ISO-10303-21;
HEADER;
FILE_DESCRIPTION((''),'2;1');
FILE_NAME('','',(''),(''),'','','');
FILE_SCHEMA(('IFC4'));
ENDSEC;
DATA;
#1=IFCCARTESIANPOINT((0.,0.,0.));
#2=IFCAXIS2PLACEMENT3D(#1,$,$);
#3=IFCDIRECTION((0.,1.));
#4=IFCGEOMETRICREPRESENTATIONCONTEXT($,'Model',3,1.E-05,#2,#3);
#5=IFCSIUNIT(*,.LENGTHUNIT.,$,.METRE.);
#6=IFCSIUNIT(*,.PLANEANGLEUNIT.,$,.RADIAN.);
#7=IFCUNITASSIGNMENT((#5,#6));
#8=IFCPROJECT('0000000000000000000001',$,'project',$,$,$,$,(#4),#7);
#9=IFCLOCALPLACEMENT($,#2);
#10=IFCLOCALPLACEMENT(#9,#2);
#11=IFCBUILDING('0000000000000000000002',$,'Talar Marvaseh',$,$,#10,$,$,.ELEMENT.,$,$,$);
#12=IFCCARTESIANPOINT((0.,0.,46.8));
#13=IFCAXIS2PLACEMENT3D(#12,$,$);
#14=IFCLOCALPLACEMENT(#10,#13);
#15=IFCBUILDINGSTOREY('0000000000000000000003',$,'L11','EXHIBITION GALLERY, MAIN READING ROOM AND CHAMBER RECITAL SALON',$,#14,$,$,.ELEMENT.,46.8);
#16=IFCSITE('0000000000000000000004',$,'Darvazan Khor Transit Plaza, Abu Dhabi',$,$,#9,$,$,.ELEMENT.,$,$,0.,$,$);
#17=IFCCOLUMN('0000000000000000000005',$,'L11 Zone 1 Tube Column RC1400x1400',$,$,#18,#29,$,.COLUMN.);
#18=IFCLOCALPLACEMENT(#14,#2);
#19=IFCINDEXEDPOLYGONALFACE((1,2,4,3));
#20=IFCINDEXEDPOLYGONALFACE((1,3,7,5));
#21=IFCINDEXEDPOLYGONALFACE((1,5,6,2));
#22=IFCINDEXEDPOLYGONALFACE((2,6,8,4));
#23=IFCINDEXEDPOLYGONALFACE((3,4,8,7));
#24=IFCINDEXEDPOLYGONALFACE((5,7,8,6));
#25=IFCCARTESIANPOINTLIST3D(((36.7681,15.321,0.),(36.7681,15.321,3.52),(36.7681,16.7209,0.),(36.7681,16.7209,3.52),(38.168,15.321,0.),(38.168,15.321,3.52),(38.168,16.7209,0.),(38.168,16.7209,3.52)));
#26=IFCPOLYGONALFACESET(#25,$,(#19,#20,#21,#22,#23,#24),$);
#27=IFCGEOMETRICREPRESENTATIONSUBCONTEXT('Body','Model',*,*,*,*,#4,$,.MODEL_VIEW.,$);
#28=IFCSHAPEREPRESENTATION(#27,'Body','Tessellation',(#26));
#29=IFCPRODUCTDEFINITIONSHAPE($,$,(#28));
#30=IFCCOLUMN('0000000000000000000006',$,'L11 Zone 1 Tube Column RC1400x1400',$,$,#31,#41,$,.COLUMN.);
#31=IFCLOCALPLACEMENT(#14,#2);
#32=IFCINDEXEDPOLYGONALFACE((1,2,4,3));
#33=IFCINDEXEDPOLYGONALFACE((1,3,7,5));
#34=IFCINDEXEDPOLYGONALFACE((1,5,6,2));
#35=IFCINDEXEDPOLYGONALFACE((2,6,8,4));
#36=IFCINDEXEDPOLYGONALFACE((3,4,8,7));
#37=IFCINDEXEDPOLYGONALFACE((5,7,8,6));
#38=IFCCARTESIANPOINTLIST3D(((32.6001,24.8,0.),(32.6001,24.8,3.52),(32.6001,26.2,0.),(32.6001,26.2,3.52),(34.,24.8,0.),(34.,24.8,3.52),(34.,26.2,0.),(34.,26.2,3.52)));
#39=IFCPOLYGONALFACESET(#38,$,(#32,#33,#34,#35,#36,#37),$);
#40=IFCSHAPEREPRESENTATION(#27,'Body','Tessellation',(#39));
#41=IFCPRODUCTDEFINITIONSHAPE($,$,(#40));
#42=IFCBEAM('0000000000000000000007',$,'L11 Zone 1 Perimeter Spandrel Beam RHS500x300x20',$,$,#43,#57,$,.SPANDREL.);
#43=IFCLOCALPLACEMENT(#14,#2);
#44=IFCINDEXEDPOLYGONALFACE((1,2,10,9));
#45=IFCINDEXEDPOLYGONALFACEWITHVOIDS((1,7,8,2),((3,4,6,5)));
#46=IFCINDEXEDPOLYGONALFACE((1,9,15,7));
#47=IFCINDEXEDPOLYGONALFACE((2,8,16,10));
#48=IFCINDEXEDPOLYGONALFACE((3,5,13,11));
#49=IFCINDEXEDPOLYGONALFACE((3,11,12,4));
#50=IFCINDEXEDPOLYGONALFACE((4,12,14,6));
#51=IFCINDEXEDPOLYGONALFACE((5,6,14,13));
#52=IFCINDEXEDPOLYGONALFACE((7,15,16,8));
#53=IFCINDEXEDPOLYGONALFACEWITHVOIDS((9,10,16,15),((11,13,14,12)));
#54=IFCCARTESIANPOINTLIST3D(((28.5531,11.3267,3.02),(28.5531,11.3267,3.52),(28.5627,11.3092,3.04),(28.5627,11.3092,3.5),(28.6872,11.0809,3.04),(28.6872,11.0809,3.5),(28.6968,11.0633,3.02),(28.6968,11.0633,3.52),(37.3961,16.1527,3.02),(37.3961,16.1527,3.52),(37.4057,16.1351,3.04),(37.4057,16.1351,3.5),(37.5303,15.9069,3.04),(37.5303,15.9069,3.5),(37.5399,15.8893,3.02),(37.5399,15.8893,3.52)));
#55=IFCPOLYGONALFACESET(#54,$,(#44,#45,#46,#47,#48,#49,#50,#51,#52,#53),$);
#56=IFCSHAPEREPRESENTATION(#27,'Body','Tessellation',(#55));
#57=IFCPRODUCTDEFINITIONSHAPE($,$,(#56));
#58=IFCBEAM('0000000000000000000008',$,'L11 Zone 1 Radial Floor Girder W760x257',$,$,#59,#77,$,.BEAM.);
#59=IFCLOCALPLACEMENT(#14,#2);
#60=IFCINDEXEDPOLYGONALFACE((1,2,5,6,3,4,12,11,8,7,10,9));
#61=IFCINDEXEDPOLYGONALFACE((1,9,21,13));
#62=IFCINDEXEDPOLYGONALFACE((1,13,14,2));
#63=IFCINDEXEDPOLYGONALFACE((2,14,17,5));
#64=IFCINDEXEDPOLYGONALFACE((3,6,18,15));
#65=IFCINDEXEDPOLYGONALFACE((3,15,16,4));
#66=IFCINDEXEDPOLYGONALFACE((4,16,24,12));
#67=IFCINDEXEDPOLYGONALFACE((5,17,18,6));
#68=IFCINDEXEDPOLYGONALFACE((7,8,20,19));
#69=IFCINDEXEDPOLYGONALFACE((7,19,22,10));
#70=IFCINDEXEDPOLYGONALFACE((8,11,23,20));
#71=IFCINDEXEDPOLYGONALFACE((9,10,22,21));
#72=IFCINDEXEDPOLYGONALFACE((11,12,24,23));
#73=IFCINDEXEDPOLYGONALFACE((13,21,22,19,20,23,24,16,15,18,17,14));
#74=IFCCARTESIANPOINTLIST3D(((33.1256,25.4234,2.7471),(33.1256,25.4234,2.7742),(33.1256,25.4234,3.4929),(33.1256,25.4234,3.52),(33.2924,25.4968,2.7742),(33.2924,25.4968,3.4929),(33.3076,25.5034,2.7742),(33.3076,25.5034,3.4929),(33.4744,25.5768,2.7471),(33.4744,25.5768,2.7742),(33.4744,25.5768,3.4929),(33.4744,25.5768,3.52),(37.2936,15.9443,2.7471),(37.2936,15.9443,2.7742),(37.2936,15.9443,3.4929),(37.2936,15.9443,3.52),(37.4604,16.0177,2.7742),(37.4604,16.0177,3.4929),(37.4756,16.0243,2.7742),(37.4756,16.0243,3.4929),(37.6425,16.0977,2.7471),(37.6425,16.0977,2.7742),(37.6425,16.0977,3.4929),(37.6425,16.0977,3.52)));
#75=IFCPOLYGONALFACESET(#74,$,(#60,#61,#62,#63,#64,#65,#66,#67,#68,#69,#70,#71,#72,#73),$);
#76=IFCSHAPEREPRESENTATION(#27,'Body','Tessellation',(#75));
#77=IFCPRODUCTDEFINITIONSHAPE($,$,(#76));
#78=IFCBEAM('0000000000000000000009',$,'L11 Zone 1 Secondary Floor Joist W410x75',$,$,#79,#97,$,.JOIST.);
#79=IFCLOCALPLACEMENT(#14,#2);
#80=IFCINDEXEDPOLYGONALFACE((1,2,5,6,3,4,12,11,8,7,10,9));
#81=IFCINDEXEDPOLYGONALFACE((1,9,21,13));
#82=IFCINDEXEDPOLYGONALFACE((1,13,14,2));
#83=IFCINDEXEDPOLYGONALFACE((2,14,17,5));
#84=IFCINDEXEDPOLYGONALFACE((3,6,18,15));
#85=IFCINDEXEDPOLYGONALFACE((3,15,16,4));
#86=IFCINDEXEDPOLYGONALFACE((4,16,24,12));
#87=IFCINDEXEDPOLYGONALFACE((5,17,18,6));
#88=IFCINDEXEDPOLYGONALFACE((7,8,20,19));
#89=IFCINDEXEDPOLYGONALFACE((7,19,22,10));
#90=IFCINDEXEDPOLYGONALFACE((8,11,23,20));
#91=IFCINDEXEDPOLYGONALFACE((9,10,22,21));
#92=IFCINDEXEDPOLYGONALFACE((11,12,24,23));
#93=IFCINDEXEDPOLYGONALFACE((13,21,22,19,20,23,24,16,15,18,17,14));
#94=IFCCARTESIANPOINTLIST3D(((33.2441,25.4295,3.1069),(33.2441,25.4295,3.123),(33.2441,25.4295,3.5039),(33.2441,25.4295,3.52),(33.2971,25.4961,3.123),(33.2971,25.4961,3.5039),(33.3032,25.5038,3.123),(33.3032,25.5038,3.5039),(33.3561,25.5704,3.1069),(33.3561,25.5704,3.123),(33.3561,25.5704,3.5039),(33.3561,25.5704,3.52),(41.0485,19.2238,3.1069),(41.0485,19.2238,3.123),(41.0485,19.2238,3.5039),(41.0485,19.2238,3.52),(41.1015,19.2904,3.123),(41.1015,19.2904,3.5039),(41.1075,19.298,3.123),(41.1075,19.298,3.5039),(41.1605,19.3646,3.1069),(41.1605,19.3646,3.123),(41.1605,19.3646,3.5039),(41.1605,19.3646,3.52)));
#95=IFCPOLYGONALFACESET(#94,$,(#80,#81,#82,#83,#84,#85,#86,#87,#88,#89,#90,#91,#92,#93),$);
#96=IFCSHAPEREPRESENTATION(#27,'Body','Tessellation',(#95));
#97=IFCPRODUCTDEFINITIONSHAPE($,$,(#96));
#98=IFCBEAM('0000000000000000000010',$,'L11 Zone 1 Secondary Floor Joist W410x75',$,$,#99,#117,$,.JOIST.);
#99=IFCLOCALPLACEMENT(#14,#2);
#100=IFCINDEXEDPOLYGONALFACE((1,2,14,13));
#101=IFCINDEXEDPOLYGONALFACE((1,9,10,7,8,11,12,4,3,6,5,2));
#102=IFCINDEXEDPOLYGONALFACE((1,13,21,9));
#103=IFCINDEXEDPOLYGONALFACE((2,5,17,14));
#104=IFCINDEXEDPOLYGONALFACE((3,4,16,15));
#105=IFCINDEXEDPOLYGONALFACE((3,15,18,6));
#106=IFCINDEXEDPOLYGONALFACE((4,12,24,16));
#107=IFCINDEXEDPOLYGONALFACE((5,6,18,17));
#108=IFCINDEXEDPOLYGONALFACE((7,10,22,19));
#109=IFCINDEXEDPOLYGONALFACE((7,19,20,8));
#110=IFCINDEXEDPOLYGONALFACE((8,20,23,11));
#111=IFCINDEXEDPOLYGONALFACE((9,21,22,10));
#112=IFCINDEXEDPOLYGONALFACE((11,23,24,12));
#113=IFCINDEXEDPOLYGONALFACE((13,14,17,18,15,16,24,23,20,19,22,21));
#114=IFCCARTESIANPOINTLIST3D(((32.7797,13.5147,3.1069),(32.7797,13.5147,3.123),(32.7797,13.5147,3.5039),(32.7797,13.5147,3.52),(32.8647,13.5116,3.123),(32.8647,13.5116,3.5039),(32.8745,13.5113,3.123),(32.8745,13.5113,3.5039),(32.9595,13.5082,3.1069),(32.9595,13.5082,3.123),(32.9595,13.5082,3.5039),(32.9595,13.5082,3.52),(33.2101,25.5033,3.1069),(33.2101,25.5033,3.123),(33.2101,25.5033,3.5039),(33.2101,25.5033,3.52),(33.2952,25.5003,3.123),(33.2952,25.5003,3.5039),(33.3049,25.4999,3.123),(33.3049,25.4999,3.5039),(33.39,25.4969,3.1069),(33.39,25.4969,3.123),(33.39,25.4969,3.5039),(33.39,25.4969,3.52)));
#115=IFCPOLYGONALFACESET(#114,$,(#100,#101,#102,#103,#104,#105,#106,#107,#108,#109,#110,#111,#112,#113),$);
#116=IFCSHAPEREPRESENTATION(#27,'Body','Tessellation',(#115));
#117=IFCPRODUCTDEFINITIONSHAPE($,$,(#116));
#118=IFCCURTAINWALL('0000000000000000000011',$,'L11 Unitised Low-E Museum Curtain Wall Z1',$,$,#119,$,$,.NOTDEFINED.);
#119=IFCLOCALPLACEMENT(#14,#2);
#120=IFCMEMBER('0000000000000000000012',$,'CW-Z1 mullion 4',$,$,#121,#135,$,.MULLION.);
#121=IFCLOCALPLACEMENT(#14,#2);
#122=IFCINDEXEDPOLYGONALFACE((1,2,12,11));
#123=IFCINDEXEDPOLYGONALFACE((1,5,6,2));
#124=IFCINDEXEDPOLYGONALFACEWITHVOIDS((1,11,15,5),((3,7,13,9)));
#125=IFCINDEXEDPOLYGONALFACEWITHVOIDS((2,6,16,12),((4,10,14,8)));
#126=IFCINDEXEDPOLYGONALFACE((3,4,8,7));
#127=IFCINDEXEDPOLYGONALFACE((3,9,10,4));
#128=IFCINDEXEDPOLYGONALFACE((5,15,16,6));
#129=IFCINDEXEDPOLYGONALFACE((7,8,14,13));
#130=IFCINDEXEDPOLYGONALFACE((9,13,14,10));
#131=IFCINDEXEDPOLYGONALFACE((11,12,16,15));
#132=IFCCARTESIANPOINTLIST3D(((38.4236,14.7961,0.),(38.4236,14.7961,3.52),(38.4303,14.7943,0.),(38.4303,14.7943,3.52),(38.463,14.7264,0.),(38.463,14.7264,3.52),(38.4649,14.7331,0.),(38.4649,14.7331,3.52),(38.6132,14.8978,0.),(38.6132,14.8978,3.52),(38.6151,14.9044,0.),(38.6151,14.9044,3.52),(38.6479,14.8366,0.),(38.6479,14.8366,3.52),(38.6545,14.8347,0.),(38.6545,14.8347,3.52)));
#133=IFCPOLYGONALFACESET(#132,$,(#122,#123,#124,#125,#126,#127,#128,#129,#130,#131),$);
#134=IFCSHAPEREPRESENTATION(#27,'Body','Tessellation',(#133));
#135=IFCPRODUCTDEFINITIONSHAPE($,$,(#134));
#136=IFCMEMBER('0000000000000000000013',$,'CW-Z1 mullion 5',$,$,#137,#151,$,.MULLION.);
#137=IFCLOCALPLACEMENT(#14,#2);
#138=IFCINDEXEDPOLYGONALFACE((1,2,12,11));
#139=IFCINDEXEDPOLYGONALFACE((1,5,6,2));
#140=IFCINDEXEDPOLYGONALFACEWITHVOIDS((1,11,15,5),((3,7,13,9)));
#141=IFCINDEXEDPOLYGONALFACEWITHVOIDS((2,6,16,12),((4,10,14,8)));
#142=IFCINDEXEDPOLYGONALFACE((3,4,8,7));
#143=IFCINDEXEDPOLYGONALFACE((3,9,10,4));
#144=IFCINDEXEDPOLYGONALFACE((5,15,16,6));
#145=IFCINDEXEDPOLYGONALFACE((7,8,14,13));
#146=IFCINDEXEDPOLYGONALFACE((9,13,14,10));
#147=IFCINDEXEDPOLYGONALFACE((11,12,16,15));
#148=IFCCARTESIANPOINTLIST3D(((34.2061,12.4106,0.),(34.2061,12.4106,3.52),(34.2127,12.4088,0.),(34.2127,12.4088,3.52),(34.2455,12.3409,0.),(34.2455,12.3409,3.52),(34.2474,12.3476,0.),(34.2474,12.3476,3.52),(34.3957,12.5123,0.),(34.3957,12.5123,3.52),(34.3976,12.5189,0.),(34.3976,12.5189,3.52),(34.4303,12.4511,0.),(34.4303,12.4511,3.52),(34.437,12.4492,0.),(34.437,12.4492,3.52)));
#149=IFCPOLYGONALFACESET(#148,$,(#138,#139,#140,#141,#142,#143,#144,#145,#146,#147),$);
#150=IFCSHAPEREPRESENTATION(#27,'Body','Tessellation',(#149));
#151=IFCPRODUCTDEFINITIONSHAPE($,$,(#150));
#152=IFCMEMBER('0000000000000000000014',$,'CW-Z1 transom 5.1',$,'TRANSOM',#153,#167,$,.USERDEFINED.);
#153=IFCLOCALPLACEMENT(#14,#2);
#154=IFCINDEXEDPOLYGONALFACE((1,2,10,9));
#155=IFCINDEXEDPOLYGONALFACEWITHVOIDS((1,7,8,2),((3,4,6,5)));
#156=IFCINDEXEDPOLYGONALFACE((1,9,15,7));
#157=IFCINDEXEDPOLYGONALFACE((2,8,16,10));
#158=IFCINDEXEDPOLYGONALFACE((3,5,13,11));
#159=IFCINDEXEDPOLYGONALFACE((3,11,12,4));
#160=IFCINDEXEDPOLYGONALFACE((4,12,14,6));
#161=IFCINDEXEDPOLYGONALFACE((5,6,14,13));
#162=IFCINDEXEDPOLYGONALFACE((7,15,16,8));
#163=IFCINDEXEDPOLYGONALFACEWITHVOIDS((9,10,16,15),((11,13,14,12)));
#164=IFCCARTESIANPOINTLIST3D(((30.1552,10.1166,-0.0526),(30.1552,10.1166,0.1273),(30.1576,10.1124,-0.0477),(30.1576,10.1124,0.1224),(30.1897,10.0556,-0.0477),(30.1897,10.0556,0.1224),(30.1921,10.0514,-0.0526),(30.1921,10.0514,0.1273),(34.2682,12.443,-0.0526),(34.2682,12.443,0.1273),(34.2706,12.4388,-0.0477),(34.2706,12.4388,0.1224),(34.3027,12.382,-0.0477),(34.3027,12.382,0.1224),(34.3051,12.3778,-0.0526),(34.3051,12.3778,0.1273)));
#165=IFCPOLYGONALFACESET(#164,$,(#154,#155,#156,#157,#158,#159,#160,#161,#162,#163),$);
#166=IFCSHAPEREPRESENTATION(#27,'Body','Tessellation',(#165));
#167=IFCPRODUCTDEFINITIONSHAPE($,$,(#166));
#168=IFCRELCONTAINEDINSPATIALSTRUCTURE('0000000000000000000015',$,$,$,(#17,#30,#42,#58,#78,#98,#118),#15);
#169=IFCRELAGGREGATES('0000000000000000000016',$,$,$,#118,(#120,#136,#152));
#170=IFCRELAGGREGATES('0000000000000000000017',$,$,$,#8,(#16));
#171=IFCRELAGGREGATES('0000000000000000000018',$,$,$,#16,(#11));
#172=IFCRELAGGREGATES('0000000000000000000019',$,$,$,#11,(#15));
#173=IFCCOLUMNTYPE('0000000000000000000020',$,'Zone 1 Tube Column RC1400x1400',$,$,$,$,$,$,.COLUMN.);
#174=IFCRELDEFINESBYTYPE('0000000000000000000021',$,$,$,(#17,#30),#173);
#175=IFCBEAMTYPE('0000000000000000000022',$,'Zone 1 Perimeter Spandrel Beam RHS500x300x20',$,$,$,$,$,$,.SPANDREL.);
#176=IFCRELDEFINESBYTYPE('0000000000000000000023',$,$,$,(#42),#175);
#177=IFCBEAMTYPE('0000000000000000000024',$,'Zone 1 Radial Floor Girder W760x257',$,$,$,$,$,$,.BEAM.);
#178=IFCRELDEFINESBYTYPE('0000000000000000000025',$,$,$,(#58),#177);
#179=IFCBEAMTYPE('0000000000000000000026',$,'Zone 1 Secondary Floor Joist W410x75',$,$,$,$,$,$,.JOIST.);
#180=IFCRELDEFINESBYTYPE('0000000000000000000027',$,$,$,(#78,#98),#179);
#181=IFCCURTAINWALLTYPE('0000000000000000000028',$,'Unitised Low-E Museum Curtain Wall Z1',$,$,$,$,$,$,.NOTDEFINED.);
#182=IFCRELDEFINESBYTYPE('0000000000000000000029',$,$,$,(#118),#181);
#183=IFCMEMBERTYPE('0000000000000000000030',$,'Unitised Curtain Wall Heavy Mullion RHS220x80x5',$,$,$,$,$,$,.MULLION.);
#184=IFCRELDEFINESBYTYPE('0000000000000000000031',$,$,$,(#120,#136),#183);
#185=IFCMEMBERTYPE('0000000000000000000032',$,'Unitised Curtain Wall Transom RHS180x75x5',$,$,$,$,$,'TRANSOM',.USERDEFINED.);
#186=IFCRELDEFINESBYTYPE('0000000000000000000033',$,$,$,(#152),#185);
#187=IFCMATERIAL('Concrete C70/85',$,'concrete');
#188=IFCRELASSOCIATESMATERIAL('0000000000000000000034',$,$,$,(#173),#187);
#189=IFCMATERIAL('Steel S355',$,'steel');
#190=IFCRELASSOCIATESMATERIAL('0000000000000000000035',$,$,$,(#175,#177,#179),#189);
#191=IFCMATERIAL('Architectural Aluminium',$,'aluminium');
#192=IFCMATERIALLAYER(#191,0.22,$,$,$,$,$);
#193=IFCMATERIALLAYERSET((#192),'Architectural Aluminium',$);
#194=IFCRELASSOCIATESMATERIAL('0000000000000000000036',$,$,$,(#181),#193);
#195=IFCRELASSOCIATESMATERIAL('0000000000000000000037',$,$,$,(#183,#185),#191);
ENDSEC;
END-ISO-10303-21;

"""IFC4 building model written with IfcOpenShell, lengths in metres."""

from ifc_helpers import new_model, si_unit, direction, frame, origin, origin_2d, place, context, subcontext, project, spatial, rectangle, hollow_rectangle, i_section, extrude, source, transform, mapped, material, layer, layer_set, material_profile, profile_set, type_object, type_shapes, element, aggregate, save


model = new_model("IFC4")

# Units and contexts
model_context = context("Model", 3, precision=1e-05, world=origin(), true_north=direction((0.0, 1.0)))
body_context = subcontext(model_context, "Body", "Model", "MODEL_VIEW")
ifc_project = project(units=[si_unit("LENGTHUNIT", "METRE"), si_unit("PLANEANGLEUNIT", "RADIAN")], contexts=[model_context])

# Site, building, storey
site_placement = place(None, origin())
site = spatial("IfcSite", under=ifc_project, at=site_placement, Name="Darvazan Khor Transit Plaza, Abu Dhabi", CompositionType="ELEMENT", RefElevation=0.0)
building_placement = place(site_placement, origin())
building = spatial("IfcBuilding", under=site, at=building_placement, Name="Talar Marvaseh", CompositionType="ELEMENT")
storey_placement = place(building_placement, frame((0.0, 0.0, 46.8)))
storey = spatial("IfcBuildingStorey", under=building, at=storey_placement, Name="L11", Description="EXHIBITION GALLERY, MAIN READING ROOM AND CHAMBER RECITAL SALON", CompositionType="ELEMENT", Elevation=46.8)

# Columns
ifc_material_1 = material(Name="Concrete C70/85", Category="concrete")
ifc_material_profile_1 = material_profile(ifc_material_1, rectangle(XDim=1.3999, YDim=1.3999, at=origin_2d()), Name="RC1400x1400")
ifc_profile_set_1 = profile_set([ifc_material_profile_1], Name="Concrete C70/85")
column_type = type_object("IfcColumnType", Name="Zone 1 Tube Column RC1400x1400", PredefinedType="COLUMN", material=ifc_profile_set_1)
for number, where, z_axis, x_axis, name in (
    (1, (37.468, 16.021, 0.0), (0.0, 0.0, 1.0), (1.0, 0.0, 0.0), "L11 Zone 1 Tube Column RC1400x1400"),
    (2, (33.3, 25.5, 0.0), (0.0, 0.0, 1.0), (1.0, 0.0, 0.0), "L11 Zone 1 Tube Column RC1400x1400"),
):
    element("IfcColumn", number, at=place(storey_placement, frame(where, z_axis=z_axis, x_axis=x_axis)), inside=storey, type_object=column_type, Name=name, PredefinedType="COLUMN", context=body_context, shape_type="SweptSolid", body=[
        extrude(rectangle(XDim=1.3999, YDim=1.3999, at=origin_2d()), origin(), (0.0, 0.0, 1.0), 3.52),
    ])

# Beams
ifc_material_2 = material(Name="Steel S355", Category="steel")
ifc_material_profile_2 = material_profile(ifc_material_2, hollow_rectangle(XDim=0.3, YDim=0.5, WallThickness=0.02, at=origin_2d()), Name="RHS500x300x20")
ifc_profile_set_2 = profile_set([ifc_material_profile_2], Name="Steel S355")
beam_type_1 = type_object("IfcBeamType", Name="Zone 1 Perimeter Spandrel Beam RHS500x300x20", PredefinedType="SPANDREL", material=ifc_profile_set_2)
beam_1_placement = place(storey_placement, frame((37.468, 16.021, 3.27), z_axis=(-0.877793, -0.479041, 0.0), x_axis=(0.479041, -0.877793, 0.0)))
element("IfcBeam", 3, at=beam_1_placement, inside=storey, type_object=beam_type_1, Name="L11 Zone 1 Perimeter Spandrel Beam RHS500x300x20", PredefinedType="SPANDREL", context=body_context, shape_type="SweptSolid", body=[
    extrude(hollow_rectangle(XDim=0.3, YDim=0.5, WallThickness=0.02, at=origin_2d()), origin(), (0.0, 0.0, 1.0), 10.0742),
])
ifc_material_profile_3 = material_profile(ifc_material_2, i_section(OverallWidth=0.3811, OverallDepth=0.7729, WebThickness=0.0166, FlangeThickness=0.0271, at=origin_2d()), Name="W760x257")
ifc_profile_set_3 = profile_set([ifc_material_profile_3], Name="Steel S355")
beam_type_2 = type_object("IfcBeamType", Name="Zone 1 Radial Floor Girder W760x257", PredefinedType="BEAM", material=ifc_profile_set_3)
beam_2_placement = place(storey_placement, frame((37.468, 16.021, 3.1335), z_axis=(-0.402513, 0.915414, 0.0), x_axis=(-0.915414, -0.402513, 0.0)))
element("IfcBeam", 4, at=beam_2_placement, inside=storey, type_object=beam_type_2, Name="L11 Zone 1 Radial Floor Girder W760x257", PredefinedType="BEAM", context=body_context, shape_type="SweptSolid", body=[
    extrude(i_section(OverallWidth=0.3811, OverallDepth=0.7729, WebThickness=0.0166, FlangeThickness=0.0271, at=origin_2d()), origin(), (0.0, 0.0, 1.0), 10.355),
])
ifc_material_profile_4 = material_profile(ifc_material_2, i_section(OverallWidth=0.1799, OverallDepth=0.4131, WebThickness=0.0098, FlangeThickness=0.0161, at=origin_2d()), Name="W410x75")
ifc_profile_set_4 = profile_set([ifc_material_profile_4], Name="Steel S355")
beam_type_3 = type_object("IfcBeamType", Name="Zone 1 Secondary Floor Joist W410x75", PredefinedType="JOIST", material=ifc_profile_set_4)
beam_3_placement = place(storey_placement, frame((41.1045, 19.2942, 3.3135), z_axis=(-0.782712, 0.622384, 0.0), x_axis=(-0.622384, -0.782712, 0.0)))
element("IfcBeam", 5, at=beam_3_placement, inside=storey, type_object=beam_type_3, Name="L11 Zone 1 Secondary Floor Joist W410x75", PredefinedType="JOIST", context=body_context, shape_type="SweptSolid", body=[
    extrude(i_section(OverallWidth=0.1799, OverallDepth=0.4131, WebThickness=0.0098, FlangeThickness=0.0161, at=origin_2d()), origin(), (0.0, 0.0, 1.0), 9.9709),
])
beam_4_placement = place(storey_placement, frame((32.8696, 13.5115, 3.3135), z_axis=(0.03588, 0.999356, 0.0), x_axis=(-0.999356, 0.03588, 0.0)))
element("IfcBeam", 6, at=beam_4_placement, inside=storey, type_object=beam_type_3, Name="L11 Zone 1 Secondary Floor Joist W410x75", PredefinedType="JOIST", context=body_context, shape_type="SweptSolid", body=[
    extrude(i_section(OverallWidth=0.1799, OverallDepth=0.4131, WebThickness=0.0098, FlangeThickness=0.0161, at=origin_2d()), origin(), (0.0, 0.0, 1.0), 11.9963),
])

# Curtain wall, members
ifc_material_3 = material(Name="Architectural Aluminium", Category="aluminium")
ifc_layer_1 = layer(ifc_material_3, 0.22)
ifc_layer_set_1 = layer_set([ifc_layer_1], Name="Architectural Aluminium")
curtain_wall_type = type_object("IfcCurtainWallType", Name="Unitised Low-E Museum Curtain Wall Z1", PredefinedType="NOTDEFINED", material=ifc_layer_set_1)
curtain_wall_placement = place(storey_placement, origin())
curtain_wall = element("IfcCurtainWall", 7, at=curtain_wall_placement, inside=storey, type_object=curtain_wall_type, Name="L11 Unitised Low-E Museum Curtain Wall Z1", PredefinedType="NOTDEFINED")
ifc_material_profile_5 = material_profile(ifc_material_3, hollow_rectangle(XDim=0.0801, YDim=0.22, WallThickness=0.0049, at=origin_2d()), Name="RHS220x80x5")
ifc_profile_set_5 = profile_set([ifc_material_profile_5], Name="Architectural Aluminium")
member_type_1 = type_object("IfcMemberType", Name="Unitised Curtain Wall Heavy Mullion RHS220x80x5", PredefinedType="MULLION", material=ifc_profile_set_5)
shared_shape_1 = source(origin(), body_context, "Body", "SweptSolid", [
    extrude(hollow_rectangle(XDim=0.0801, YDim=0.22, WallThickness=0.0049, at=origin_2d()), origin(), (0.0, 0.0, 1.0), 3.52),
])
type_shapes(member_type_1, [shared_shape_1])
member_1_placement = place(storey_placement, frame((38.5391, 14.8154, 0.0), z_axis=(0.0, 0.0, 1.0), x_axis=(0.492291, -0.870431, 0.0)))
member_1 = element("IfcMember", 8, at=member_1_placement, type_object=member_type_1, Name="CW-Z1 mullion 4", PredefinedType="MULLION", context=body_context, shape_type="MappedRepresentation", body=[
    mapped(shared_shape_1, transform((0.0, 0.0, 0.0), x_axis=(1.0, 0.0, 0.0), y_axis=(0.0, 1.0, 0.0), z_axis=(0.0, 0.0, 1.0), scale=1.0)),
])
member_2_placement = place(storey_placement, frame((34.3215, 12.4299, 0.0), z_axis=(0.0, 0.0, 1.0), x_axis=(0.492291, -0.870431, 0.0)))
member_2 = element("IfcMember", 9, at=member_2_placement, type_object=member_type_1, Name="CW-Z1 mullion 5", PredefinedType="MULLION", context=body_context, shape_type="MappedRepresentation", body=[
    mapped(shared_shape_1, transform((0.0, 0.0, 0.0), x_axis=(1.0, 0.0, 0.0), y_axis=(0.0, 1.0, 0.0), z_axis=(0.0, 0.0, 1.0), scale=1.0)),
])
ifc_material_profile_6 = material_profile(ifc_material_3, hollow_rectangle(XDim=0.075, YDim=0.1799, WallThickness=0.0049, at=origin_2d()), Name="RHS180x75x5")
ifc_profile_set_6 = profile_set([ifc_material_profile_6], Name="Architectural Aluminium")
member_type_2 = type_object("IfcMemberType", Name="Unitised Curtain Wall Transom RHS180x75x5", ElementType="TRANSOM", PredefinedType="USERDEFINED", material=ifc_profile_set_6)
shared_shape_2 = source(origin(), body_context, "Body", "SweptSolid", [
    extrude(hollow_rectangle(XDim=0.075, YDim=0.1799, WallThickness=0.0049, at=origin_2d()), origin(), (0.0, 0.0, 1.0), 4.7253),
])
member_3_placement = place(storey_placement, frame((34.2866, 12.4104, 0.0374), z_axis=(-0.870413, -0.492323, 0.0), x_axis=(0.492323, -0.870413, 0.0)))
member_3 = element("IfcMember", 10, at=member_3_placement, type_object=member_type_2, Name="CW-Z1 transom 5.1", ObjectType="TRANSOM", PredefinedType="USERDEFINED", context=body_context, shape_type="MappedRepresentation", body=[
    mapped(shared_shape_2, transform((0.0, 0.0, 0.0), x_axis=(1.0, 0.0, 0.0), y_axis=(0.0, 1.0, 0.0), z_axis=(0.0, 0.0, 1.0), scale=1.0)),
])
aggregate(curtain_wall, [member_1, member_2, member_3])

save(model, "model.ifc")
